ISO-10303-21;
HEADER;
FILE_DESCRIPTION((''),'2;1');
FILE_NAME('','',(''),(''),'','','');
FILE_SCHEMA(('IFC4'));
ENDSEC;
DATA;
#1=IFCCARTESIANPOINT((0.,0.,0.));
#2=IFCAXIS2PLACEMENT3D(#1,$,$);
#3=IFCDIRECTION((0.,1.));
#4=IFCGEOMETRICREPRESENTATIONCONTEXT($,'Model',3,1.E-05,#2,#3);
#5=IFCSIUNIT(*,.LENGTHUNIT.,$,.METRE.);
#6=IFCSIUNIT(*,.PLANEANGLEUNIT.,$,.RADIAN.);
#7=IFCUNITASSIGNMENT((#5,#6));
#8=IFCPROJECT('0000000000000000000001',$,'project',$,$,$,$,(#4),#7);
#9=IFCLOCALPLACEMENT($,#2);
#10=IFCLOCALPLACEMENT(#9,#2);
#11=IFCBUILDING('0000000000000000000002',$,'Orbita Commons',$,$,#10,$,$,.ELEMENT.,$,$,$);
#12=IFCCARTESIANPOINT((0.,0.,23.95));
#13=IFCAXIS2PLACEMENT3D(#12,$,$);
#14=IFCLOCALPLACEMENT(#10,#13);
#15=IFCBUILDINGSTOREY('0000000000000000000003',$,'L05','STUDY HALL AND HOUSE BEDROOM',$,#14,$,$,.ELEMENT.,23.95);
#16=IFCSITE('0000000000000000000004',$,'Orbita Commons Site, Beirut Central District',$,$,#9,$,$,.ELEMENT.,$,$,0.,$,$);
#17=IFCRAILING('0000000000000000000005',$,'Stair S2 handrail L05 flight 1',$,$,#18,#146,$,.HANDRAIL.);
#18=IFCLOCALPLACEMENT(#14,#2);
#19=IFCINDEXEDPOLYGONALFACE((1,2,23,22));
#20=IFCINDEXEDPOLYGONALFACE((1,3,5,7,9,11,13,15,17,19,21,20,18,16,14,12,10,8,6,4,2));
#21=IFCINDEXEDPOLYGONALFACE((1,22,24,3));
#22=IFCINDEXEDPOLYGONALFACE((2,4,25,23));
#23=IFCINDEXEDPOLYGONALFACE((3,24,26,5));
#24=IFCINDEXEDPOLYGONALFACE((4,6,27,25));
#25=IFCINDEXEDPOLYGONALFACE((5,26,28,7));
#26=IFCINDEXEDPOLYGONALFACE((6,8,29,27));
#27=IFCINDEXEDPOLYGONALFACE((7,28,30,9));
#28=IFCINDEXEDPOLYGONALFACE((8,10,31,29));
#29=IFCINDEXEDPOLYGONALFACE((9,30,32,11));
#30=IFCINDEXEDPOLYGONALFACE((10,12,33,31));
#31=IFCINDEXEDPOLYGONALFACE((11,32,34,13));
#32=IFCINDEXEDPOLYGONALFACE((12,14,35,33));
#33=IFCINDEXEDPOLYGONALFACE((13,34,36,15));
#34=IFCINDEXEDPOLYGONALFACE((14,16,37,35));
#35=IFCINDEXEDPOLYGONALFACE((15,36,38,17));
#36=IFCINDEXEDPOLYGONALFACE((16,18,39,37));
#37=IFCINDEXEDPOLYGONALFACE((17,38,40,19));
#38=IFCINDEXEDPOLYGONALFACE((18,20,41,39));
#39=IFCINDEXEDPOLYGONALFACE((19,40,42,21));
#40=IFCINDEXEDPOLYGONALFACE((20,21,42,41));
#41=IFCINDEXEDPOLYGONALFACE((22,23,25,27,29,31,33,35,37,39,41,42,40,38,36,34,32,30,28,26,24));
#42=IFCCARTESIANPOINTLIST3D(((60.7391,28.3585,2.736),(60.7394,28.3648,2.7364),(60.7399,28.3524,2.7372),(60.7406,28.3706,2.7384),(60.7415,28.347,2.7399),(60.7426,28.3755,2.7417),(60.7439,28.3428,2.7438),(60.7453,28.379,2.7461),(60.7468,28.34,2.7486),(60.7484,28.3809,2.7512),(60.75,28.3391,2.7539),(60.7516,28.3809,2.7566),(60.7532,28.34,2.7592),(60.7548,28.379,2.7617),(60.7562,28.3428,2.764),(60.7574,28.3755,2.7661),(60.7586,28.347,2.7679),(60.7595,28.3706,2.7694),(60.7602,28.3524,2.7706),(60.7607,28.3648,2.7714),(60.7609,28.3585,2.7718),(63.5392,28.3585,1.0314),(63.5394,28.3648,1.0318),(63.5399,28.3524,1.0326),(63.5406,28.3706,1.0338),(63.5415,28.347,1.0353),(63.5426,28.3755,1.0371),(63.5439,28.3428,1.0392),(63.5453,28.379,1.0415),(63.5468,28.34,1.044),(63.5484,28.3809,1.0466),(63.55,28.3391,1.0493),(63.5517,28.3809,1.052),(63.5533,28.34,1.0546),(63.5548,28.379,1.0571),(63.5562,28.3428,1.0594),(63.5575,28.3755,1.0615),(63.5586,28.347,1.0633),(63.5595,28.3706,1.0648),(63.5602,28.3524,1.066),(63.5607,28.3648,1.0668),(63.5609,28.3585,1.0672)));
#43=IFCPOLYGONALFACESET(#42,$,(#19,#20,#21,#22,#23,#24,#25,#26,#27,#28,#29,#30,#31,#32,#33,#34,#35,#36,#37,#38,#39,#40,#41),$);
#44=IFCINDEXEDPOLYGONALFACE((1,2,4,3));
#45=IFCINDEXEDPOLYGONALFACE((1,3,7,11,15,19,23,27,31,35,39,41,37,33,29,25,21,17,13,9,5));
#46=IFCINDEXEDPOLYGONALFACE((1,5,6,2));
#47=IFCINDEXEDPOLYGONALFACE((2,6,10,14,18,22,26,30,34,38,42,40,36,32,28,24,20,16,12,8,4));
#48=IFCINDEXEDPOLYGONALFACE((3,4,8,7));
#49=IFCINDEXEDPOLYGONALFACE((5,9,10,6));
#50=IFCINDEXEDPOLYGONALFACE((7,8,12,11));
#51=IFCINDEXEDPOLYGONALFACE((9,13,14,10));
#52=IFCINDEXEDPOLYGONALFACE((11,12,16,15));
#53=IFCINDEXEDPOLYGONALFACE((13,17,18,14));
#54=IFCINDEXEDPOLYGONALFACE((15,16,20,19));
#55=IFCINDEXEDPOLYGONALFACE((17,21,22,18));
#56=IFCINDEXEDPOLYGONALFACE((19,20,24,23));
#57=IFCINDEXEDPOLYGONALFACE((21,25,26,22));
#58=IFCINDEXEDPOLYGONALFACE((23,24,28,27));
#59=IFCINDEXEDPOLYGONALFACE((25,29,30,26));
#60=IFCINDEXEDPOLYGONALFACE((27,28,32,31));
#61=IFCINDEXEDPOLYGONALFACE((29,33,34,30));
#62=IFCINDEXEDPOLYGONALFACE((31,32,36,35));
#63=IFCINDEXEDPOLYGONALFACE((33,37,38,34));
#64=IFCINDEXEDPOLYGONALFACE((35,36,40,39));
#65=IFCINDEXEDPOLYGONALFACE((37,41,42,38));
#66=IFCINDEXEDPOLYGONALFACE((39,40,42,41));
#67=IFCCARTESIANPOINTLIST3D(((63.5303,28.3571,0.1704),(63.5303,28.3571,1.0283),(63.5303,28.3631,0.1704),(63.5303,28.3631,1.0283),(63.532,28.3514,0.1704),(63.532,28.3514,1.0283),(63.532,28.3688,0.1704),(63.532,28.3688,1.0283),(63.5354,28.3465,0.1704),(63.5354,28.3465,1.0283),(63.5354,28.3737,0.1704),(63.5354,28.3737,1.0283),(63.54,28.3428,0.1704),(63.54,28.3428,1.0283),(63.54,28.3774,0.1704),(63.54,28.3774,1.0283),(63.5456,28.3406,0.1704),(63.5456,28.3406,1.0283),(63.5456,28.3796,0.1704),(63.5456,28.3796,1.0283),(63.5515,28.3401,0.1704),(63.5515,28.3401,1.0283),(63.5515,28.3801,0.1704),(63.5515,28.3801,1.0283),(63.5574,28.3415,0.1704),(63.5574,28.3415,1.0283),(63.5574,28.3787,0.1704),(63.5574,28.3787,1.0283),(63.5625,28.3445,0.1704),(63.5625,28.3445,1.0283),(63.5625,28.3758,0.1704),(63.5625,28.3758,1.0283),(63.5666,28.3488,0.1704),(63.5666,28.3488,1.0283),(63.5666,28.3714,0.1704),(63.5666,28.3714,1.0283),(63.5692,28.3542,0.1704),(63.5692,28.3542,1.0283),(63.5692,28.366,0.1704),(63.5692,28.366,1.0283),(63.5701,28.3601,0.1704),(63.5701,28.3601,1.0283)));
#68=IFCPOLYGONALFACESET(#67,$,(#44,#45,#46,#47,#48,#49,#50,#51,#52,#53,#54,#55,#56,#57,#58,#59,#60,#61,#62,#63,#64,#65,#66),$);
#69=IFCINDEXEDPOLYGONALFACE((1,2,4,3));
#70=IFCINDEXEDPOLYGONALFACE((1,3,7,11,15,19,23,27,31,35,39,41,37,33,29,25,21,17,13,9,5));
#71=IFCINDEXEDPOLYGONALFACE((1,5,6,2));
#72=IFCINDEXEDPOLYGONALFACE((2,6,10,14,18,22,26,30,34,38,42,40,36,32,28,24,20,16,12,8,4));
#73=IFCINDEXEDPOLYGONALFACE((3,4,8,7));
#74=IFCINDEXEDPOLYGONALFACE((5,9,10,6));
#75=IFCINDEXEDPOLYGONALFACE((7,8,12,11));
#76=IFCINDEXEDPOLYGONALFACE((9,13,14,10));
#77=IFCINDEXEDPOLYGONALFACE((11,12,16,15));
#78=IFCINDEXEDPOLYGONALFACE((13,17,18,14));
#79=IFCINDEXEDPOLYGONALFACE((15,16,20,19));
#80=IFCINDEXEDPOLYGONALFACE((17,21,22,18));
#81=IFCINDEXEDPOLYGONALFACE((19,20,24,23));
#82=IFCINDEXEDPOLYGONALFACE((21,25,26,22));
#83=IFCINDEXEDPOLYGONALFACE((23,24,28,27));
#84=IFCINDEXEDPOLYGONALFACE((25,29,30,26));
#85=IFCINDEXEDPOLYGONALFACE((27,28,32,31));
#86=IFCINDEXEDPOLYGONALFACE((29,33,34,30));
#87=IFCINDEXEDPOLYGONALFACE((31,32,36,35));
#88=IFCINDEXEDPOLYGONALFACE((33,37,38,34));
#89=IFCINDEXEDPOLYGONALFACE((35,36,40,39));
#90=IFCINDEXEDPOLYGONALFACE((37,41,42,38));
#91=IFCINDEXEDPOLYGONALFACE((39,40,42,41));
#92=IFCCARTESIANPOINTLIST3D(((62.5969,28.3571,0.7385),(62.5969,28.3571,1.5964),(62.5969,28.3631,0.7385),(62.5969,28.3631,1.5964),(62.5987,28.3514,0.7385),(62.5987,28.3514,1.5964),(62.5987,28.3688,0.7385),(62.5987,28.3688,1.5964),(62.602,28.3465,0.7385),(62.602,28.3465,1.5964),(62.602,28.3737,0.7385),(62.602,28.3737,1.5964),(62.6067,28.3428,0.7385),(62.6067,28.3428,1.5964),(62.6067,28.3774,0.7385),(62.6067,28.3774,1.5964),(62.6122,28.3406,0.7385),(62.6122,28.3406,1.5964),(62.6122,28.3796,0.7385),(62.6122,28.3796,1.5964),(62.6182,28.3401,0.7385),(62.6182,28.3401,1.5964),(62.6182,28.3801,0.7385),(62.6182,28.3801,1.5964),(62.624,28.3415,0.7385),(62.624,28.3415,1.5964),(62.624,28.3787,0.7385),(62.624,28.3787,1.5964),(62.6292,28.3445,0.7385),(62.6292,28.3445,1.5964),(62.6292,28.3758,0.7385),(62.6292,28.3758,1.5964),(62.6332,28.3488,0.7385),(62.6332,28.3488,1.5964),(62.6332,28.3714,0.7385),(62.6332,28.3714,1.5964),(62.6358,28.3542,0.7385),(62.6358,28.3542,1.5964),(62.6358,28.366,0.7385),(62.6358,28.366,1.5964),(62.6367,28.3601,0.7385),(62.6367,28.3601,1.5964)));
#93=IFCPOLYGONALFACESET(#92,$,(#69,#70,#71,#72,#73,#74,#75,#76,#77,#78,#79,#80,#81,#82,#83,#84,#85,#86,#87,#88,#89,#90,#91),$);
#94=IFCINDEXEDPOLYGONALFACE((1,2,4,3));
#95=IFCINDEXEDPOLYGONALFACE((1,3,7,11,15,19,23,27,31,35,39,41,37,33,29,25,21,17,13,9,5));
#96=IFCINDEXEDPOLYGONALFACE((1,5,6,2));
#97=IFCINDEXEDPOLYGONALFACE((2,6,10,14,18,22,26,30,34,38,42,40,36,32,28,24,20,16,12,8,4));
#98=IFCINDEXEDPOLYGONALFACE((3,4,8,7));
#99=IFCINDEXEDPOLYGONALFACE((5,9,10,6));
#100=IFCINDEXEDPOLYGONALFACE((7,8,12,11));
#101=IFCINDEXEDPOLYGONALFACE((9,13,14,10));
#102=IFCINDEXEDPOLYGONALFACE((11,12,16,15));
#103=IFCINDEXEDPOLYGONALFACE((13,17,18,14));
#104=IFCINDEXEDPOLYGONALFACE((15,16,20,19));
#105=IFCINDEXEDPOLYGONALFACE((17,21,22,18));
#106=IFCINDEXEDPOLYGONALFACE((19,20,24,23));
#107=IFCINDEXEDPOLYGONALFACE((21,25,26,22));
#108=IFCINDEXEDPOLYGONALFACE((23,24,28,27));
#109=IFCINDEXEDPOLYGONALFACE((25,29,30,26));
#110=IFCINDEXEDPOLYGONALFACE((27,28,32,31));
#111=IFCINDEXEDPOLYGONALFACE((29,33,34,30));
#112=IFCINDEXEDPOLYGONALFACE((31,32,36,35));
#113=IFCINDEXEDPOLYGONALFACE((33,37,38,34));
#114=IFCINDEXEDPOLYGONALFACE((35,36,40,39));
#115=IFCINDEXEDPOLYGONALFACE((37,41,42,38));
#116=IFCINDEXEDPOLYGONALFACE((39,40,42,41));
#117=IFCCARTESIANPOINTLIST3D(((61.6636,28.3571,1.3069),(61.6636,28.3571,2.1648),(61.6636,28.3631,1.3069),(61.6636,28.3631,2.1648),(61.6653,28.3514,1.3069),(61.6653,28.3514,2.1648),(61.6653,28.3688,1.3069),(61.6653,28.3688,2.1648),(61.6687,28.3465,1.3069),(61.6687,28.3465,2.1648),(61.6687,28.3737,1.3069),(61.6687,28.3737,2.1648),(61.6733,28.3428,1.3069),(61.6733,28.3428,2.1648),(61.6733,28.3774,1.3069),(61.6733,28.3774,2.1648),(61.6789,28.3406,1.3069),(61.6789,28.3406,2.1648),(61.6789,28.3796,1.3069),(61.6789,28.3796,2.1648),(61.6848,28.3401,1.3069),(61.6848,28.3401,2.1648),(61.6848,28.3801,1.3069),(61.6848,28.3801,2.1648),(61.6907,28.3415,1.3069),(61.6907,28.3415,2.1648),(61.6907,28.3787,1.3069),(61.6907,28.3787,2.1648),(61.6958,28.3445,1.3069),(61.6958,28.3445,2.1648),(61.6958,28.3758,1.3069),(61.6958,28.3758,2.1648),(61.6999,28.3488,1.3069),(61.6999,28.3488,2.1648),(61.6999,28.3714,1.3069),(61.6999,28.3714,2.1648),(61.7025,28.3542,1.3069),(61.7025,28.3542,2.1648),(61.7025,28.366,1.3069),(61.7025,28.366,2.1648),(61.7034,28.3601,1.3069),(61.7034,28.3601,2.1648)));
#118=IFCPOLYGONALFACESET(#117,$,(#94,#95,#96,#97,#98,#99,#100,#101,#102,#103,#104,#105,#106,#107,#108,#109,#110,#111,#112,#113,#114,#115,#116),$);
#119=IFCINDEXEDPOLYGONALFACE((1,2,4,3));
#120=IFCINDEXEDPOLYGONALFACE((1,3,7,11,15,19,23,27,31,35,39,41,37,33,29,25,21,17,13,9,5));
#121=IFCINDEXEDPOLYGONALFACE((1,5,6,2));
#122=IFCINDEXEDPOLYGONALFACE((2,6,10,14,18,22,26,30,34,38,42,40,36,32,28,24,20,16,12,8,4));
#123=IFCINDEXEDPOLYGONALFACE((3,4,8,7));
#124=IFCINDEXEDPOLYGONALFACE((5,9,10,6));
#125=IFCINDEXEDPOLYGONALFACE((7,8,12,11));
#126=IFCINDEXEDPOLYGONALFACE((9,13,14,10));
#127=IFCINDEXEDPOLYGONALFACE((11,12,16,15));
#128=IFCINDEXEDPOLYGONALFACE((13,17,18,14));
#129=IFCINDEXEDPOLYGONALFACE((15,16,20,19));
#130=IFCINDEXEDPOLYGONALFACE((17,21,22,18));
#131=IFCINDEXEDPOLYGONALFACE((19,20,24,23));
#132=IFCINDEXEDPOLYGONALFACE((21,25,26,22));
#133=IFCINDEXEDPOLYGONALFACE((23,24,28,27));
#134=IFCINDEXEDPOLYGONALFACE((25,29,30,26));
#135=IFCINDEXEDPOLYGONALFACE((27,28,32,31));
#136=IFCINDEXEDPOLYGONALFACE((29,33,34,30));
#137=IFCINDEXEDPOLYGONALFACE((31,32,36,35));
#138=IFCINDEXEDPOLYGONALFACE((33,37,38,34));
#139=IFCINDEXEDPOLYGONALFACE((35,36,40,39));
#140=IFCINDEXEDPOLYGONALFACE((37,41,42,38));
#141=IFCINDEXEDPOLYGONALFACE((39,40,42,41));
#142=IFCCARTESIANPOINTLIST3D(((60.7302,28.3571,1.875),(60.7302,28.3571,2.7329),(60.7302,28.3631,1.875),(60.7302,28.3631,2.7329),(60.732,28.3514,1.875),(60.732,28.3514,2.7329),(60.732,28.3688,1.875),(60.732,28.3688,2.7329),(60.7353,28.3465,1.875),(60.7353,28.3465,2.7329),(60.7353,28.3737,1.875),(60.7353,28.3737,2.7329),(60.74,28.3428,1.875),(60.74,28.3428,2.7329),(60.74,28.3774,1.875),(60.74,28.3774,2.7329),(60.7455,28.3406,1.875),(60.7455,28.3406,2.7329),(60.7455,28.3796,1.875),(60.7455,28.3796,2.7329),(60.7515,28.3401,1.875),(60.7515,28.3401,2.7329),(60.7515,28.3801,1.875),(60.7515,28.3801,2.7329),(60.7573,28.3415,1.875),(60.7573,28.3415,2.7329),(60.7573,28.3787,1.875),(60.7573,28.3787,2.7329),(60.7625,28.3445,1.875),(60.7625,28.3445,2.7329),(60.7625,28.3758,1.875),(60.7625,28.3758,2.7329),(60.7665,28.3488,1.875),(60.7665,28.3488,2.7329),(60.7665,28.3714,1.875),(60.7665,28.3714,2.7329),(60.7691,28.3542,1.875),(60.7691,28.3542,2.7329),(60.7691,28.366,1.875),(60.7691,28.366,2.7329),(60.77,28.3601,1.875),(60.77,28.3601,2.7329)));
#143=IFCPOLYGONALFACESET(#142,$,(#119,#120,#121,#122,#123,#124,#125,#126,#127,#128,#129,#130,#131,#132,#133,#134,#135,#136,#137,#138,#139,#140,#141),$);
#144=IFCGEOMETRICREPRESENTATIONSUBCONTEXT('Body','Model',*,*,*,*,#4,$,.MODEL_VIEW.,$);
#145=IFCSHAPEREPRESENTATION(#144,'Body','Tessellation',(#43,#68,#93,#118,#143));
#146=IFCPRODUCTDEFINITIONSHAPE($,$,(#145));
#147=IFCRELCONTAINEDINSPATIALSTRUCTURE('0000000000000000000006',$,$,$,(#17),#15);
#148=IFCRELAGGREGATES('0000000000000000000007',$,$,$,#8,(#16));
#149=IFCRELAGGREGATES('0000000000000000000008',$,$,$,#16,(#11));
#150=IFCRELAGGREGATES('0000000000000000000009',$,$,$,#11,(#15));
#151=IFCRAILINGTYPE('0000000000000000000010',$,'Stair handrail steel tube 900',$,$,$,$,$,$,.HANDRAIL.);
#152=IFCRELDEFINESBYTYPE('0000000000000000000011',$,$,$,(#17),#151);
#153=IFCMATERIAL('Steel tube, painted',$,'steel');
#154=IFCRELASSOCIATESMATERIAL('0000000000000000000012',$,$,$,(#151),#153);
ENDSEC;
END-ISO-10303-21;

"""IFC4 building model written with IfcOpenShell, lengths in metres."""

from ifc_helpers import new_model, si_unit, direction, frame, origin, origin_2d, place, context, subcontext, project, spatial, circle, extrude, material, type_object, element, save


model = new_model("IFC4")

# Units and contexts
model_context = context("Model", 3, precision=1e-05, world=origin(), true_north=direction((0.0, 1.0)))
body_context = subcontext(model_context, "Body", "Model", "MODEL_VIEW")
ifc_project = project(units=[si_unit("LENGTHUNIT", "METRE"), si_unit("PLANEANGLEUNIT", "RADIAN")], contexts=[model_context])

# Site, building, storey
site_placement = place(None, origin())
site = spatial("IfcSite", under=ifc_project, at=site_placement, Name="Orbita Commons Site, Beirut Central District", CompositionType="ELEMENT", RefElevation=0.0)
building_placement = place(site_placement, origin())
building = spatial("IfcBuilding", under=site, at=building_placement, Name="Orbita Commons", CompositionType="ELEMENT")
storey_placement = place(building_placement, frame((0.0, 0.0, 23.95)))
storey = spatial("IfcBuildingStorey", under=building, at=storey_placement, Name="L05", Description="STUDY HALL AND HOUSE BEDROOM", CompositionType="ELEMENT", Elevation=23.95)

# Railing
ifc_material_1 = material(Name="Steel tube, painted", Category="steel")
railing_type = type_object("IfcRailingType", Name="Stair handrail steel tube 900", PredefinedType="HANDRAIL", material=ifc_material_1)
railing_placement = place(storey_placement, frame((63.55, 28.3601, 0.1704)))
element("IfcRailing", 1, at=railing_placement, inside=storey, type_object=railing_type, Name="Stair S2 handrail L05 flight 1", PredefinedType="HANDRAIL", context=body_context, shape_type="SweptSolid", body=[
    extrude(circle(Radius=0.021, at=origin_2d()), frame((0.0, 0.0, 0.8789), z_axis=(-0.85417, 0.0, 0.519994), x_axis=(0.0, -1.0, 0.0)), (0.0, 0.0, 1.0), 3.2781),
    extrude(circle(Radius=0.02, at=origin_2d()), origin(), (0.0, 0.0, 1.0), 0.8579),
    extrude(circle(Radius=0.02, at=origin_2d()), frame((-0.9333, 0.0, 0.5681)), (0.0, 0.0, 1.0), 0.8579),
    extrude(circle(Radius=0.02, at=origin_2d()), frame((-1.8667, 0.0, 1.1365)), (0.0, 0.0, 1.0), 0.8579),
    extrude(circle(Radius=0.02, at=origin_2d()), frame((-2.8, 0.0, 1.7046)), (0.0, 0.0, 1.0), 0.8579),
])

save(model, "model.ifc")
